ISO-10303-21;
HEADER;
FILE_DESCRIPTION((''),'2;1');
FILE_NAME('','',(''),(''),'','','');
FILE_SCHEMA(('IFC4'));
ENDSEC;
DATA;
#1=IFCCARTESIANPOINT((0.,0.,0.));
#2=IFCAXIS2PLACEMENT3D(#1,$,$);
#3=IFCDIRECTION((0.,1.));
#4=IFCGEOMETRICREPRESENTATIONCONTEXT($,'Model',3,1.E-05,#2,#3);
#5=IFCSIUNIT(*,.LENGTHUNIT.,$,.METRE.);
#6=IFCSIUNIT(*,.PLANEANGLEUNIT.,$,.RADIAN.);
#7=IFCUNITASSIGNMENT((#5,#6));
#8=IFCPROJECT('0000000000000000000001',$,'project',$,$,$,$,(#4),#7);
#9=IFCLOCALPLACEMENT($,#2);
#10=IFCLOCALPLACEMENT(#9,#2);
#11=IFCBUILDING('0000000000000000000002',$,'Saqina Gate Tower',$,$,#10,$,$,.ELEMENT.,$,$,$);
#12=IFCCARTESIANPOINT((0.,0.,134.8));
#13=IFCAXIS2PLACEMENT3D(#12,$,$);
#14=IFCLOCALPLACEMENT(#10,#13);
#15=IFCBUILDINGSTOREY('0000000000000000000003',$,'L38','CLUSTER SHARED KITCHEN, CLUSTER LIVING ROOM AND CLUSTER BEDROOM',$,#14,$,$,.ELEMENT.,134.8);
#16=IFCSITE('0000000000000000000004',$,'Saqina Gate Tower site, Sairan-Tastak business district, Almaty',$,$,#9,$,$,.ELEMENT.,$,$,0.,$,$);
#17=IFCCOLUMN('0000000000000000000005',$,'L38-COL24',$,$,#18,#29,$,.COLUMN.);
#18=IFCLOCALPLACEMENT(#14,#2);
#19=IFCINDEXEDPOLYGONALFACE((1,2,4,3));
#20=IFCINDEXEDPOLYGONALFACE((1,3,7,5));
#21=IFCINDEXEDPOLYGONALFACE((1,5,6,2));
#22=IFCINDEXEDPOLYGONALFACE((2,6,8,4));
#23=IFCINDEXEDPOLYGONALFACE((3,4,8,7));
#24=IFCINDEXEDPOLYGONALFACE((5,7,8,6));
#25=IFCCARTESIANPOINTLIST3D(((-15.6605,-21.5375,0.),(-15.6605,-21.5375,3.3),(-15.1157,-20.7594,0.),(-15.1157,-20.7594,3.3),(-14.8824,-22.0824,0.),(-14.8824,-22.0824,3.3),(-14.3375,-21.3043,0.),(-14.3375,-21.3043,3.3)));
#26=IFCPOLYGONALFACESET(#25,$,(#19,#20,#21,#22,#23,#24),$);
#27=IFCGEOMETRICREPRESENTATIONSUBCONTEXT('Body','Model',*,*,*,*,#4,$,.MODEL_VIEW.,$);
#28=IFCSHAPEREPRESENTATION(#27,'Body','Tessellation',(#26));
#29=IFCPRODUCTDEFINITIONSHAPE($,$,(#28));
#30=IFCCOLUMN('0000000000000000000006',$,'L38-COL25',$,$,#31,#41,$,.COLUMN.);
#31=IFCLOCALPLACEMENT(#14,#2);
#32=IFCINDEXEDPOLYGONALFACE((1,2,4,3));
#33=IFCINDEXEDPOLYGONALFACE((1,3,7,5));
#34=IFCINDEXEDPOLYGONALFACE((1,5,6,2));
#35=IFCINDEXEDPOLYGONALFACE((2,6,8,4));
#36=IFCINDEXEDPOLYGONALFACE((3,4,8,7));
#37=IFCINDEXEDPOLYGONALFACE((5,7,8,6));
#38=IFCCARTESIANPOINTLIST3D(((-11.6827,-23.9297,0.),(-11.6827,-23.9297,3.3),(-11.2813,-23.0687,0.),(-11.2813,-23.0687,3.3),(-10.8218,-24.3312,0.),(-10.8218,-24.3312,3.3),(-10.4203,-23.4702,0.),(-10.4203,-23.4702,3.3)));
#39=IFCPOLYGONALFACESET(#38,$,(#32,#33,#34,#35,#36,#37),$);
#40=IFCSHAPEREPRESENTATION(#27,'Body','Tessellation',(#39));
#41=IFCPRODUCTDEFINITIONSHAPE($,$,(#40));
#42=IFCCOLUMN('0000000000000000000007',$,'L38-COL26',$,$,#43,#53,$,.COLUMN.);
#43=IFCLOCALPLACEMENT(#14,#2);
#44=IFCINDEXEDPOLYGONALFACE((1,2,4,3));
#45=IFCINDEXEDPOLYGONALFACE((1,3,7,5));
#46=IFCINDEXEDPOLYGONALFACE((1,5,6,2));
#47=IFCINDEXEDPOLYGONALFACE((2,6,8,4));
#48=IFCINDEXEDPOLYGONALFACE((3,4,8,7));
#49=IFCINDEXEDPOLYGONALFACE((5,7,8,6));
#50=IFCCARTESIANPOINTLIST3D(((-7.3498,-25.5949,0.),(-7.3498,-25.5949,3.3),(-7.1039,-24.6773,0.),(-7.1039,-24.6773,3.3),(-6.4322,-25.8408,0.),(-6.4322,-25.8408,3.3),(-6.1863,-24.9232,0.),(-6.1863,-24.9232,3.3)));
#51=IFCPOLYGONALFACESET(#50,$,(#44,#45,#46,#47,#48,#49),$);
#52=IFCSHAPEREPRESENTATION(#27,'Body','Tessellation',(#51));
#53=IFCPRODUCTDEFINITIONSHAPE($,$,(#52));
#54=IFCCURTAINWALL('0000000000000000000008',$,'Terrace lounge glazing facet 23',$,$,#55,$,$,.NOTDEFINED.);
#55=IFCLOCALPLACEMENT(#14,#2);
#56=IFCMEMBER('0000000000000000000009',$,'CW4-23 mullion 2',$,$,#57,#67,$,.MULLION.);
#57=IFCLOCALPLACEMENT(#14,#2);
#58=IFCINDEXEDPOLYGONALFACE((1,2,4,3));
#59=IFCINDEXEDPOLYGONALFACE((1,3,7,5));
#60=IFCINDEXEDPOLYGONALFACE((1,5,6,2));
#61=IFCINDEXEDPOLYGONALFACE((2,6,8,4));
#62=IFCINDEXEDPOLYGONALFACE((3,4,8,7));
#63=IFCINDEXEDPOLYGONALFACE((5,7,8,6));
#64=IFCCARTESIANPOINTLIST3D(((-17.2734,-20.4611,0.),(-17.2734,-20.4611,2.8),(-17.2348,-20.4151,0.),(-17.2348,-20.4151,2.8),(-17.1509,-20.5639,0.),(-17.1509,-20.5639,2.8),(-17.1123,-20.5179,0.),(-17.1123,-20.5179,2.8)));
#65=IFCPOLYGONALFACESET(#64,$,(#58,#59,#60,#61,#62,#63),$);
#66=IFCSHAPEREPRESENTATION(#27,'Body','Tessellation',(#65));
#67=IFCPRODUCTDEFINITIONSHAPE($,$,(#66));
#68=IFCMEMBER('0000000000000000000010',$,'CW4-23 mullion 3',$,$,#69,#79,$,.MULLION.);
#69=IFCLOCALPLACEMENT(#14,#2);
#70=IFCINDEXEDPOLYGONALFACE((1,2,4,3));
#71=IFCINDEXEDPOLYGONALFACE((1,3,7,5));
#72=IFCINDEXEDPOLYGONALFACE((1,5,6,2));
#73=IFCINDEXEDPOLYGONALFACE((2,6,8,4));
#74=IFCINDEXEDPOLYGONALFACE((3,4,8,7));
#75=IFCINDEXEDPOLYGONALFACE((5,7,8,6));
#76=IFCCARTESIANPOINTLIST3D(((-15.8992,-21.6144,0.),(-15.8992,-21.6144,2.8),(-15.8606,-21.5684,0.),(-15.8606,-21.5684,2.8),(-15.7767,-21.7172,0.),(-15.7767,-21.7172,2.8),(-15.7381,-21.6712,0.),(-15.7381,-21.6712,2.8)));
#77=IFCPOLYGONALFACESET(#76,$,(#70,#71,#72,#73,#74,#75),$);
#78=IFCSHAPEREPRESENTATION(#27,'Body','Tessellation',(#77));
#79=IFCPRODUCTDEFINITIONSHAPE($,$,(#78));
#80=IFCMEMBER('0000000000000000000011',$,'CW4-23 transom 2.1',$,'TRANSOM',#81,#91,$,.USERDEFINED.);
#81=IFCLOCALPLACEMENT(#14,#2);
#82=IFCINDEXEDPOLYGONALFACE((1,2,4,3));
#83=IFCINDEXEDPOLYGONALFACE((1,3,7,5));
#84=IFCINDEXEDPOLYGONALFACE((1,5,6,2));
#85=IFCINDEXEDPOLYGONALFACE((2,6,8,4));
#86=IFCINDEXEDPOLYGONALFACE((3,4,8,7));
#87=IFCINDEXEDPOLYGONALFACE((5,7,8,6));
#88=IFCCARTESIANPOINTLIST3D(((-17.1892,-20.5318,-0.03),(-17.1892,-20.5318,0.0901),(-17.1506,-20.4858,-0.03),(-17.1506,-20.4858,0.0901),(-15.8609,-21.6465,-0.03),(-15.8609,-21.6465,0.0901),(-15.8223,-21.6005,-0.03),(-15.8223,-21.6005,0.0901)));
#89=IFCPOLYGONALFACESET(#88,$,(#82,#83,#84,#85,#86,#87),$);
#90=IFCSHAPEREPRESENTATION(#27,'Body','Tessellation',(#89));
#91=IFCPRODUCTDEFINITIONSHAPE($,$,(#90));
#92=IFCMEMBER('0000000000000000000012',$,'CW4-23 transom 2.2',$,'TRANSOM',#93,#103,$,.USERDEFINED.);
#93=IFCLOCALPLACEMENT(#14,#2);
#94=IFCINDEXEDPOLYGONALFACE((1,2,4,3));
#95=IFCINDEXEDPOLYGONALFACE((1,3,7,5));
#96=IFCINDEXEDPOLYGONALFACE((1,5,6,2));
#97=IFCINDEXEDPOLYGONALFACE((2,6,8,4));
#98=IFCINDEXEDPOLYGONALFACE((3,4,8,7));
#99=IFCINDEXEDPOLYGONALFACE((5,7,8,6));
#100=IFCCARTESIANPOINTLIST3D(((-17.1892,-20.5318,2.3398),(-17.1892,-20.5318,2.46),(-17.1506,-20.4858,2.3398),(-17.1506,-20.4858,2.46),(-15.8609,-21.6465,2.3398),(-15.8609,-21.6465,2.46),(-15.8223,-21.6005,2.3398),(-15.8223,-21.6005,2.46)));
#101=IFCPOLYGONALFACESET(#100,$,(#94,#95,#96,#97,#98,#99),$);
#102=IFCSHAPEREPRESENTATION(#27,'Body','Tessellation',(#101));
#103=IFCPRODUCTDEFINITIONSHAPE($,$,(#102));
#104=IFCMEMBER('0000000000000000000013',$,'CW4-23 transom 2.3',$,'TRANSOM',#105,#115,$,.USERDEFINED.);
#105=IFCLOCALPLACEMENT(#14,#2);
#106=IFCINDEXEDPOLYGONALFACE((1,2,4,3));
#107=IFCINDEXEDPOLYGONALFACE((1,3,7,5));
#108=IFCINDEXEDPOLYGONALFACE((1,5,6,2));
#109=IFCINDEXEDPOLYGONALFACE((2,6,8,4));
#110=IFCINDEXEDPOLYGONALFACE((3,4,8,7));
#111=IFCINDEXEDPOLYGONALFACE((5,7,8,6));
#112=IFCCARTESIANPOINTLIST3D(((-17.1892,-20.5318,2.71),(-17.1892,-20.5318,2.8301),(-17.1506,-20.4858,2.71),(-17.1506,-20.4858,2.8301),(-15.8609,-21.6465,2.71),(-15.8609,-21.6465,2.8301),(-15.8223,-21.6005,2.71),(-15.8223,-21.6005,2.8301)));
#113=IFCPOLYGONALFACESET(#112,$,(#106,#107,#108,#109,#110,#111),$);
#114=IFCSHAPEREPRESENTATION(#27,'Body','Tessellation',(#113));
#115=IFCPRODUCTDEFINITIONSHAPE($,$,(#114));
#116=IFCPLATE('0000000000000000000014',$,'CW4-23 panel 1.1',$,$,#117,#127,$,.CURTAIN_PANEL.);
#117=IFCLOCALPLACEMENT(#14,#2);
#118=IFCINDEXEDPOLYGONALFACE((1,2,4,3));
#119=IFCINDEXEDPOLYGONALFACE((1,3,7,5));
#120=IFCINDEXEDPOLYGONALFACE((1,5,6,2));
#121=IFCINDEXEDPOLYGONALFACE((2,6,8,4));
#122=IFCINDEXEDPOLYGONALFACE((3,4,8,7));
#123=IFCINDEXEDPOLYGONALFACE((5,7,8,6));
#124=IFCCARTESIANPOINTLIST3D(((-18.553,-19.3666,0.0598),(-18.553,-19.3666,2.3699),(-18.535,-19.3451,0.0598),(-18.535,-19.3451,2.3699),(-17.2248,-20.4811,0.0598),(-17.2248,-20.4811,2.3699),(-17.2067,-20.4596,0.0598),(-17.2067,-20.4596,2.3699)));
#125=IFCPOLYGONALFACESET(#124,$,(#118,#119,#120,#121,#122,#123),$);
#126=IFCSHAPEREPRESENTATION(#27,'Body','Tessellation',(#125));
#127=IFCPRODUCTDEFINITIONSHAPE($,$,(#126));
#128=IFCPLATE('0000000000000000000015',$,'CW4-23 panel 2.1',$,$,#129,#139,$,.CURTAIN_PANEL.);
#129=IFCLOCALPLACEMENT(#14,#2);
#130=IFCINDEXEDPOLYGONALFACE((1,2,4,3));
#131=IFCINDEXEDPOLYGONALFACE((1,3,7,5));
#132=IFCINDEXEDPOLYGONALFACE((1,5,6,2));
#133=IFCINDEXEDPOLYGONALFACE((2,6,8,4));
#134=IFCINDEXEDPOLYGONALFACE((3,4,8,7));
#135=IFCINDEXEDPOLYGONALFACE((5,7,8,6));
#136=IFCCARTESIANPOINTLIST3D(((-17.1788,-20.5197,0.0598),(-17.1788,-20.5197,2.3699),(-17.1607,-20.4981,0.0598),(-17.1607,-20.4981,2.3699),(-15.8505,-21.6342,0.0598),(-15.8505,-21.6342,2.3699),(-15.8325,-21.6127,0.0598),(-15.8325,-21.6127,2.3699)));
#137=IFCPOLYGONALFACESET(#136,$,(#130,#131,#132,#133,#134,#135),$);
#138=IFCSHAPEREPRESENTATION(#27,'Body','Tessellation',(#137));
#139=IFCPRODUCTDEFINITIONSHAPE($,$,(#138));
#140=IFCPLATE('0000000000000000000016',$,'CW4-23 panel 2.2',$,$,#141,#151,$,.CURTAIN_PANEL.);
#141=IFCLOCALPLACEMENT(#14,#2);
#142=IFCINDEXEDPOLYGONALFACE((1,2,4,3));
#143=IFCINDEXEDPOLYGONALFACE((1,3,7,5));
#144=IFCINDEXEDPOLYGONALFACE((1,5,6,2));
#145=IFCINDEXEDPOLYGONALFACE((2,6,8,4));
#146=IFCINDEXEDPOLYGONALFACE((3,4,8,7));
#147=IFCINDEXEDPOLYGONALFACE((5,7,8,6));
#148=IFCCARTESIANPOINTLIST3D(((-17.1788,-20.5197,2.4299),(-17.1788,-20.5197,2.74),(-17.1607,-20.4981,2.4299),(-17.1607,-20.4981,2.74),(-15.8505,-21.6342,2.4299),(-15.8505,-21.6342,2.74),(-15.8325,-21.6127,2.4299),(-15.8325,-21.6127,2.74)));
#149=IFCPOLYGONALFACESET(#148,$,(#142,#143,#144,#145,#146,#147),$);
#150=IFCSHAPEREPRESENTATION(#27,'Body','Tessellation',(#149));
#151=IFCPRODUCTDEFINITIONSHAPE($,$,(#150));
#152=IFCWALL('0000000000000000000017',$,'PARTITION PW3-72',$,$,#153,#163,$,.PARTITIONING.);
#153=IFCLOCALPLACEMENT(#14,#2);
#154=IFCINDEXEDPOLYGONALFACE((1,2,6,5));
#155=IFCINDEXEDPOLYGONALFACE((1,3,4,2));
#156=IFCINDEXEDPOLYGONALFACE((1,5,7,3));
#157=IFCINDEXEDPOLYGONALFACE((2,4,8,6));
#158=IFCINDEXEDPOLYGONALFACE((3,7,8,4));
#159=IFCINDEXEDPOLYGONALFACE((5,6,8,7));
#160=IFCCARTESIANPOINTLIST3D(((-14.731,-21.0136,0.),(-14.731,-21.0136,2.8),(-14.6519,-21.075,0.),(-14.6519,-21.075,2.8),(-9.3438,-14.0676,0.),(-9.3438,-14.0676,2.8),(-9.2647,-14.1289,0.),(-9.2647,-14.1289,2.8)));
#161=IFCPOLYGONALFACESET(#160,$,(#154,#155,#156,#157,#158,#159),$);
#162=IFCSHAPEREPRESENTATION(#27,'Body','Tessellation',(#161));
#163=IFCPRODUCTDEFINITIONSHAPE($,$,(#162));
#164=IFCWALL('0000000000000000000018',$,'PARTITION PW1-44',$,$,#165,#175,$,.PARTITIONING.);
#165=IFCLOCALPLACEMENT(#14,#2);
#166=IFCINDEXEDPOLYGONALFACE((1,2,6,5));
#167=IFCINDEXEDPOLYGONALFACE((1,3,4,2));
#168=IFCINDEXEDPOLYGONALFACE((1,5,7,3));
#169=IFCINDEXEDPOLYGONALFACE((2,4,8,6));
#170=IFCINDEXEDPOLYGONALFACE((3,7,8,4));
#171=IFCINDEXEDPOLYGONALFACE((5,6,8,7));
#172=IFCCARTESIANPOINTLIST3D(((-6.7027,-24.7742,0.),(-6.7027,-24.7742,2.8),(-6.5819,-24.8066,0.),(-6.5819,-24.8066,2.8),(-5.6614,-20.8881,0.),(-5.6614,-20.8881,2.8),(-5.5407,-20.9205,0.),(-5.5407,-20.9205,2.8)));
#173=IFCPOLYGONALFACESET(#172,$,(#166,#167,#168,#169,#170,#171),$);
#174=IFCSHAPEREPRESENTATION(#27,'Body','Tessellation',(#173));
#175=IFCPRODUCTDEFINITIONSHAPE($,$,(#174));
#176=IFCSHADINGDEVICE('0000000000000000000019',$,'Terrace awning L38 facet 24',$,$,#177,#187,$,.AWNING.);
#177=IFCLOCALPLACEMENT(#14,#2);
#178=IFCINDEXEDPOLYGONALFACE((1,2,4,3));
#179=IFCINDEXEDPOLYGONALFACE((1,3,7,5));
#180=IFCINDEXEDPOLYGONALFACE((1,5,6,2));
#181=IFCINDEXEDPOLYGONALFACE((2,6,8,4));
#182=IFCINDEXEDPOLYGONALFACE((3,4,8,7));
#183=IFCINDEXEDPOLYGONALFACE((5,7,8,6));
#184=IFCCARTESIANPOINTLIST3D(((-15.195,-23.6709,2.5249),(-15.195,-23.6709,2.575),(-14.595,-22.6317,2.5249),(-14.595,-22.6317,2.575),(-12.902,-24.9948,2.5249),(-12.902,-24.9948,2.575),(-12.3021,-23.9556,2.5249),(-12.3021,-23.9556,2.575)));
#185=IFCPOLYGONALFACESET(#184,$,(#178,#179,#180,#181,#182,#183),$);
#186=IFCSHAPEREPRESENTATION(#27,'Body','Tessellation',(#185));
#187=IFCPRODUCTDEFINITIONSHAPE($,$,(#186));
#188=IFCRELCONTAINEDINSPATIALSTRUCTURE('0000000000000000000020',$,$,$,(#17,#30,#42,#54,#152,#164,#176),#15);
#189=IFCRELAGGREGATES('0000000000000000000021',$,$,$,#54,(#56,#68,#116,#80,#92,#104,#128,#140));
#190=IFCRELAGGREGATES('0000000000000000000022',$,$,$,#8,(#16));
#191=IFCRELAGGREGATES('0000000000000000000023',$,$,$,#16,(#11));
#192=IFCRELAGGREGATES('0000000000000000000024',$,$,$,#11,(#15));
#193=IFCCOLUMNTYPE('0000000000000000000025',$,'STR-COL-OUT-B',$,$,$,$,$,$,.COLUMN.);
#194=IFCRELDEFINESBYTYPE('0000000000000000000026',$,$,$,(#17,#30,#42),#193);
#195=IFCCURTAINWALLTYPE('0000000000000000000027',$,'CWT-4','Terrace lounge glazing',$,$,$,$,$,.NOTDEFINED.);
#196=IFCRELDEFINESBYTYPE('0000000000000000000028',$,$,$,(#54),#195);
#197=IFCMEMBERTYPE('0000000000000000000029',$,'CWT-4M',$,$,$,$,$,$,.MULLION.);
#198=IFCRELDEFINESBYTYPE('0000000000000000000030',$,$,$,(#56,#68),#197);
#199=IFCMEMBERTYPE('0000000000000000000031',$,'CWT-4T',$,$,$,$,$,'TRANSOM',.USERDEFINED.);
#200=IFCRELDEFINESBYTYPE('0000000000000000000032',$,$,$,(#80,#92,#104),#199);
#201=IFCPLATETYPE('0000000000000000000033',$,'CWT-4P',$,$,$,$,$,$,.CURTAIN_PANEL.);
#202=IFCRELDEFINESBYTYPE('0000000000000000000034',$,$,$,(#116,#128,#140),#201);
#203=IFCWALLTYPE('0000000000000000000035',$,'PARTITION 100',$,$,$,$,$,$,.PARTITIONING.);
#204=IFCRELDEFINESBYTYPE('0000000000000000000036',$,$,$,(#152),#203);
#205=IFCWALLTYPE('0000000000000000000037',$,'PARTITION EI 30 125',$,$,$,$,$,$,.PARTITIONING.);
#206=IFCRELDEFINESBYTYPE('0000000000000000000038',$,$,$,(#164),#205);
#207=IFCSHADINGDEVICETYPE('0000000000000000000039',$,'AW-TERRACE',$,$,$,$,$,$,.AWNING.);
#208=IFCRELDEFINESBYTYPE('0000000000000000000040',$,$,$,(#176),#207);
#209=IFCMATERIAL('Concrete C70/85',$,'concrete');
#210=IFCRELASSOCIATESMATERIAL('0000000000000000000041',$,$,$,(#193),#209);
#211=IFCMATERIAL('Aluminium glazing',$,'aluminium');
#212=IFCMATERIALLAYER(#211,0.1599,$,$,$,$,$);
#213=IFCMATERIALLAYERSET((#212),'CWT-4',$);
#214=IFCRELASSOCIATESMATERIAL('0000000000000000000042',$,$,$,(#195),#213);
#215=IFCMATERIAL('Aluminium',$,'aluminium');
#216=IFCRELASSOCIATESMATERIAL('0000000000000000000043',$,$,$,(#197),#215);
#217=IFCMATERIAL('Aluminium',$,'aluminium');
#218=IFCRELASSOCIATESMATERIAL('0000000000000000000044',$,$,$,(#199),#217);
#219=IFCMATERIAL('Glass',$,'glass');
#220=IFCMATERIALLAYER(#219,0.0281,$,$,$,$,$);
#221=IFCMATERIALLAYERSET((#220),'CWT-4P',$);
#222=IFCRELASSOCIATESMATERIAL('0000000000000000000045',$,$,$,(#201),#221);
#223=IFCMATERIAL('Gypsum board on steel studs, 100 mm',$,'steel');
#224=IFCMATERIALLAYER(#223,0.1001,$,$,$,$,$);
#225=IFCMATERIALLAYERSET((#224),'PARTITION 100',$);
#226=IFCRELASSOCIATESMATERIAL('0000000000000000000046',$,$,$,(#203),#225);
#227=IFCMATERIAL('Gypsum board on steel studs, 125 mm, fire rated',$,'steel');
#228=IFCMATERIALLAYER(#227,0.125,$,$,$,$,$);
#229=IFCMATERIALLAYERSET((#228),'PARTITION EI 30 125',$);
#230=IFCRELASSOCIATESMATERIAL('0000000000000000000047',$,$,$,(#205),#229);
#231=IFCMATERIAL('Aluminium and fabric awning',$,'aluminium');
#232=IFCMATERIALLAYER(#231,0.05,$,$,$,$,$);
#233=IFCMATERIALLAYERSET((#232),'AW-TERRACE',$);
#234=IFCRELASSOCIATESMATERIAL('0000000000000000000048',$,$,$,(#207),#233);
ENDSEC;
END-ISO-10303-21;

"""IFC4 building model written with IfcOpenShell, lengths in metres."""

from ifc_helpers import new_model, si_unit, direction, frame, frame_2d, origin, origin_2d, place, context, subcontext, project, spatial, rectangle, extrude, material, layer, layer_set, material_profile, profile_set, type_object, element, aggregate, save


model = new_model("IFC4")

# Units and contexts
model_context = context("Model", 3, precision=1e-05, world=origin(), true_north=direction((0.0, 1.0)))
body_context = subcontext(model_context, "Body", "Model", "MODEL_VIEW")
ifc_project = project(units=[si_unit("LENGTHUNIT", "METRE"), si_unit("PLANEANGLEUNIT", "RADIAN")], contexts=[model_context])

# Site, building, storey
site_placement = place(None, origin())
site = spatial("IfcSite", under=ifc_project, at=site_placement, Name="Saqina Gate Tower site, Sairan-Tastak business district, Almaty", CompositionType="ELEMENT", RefElevation=0.0)
building_placement = place(site_placement, origin())
building = spatial("IfcBuilding", under=site, at=building_placement, Name="Saqina Gate Tower", CompositionType="ELEMENT")
storey_placement = place(building_placement, frame((0.0, 0.0, 134.8)))
storey = spatial("IfcBuildingStorey", under=building, at=storey_placement, Name="L38", Description="CLUSTER SHARED KITCHEN, CLUSTER LIVING ROOM AND CLUSTER BEDROOM", CompositionType="ELEMENT", Elevation=134.8)

# Columns
ifc_material_1 = material(Name="Concrete C70/85", Category="concrete")
ifc_material_profile_1 = material_profile(ifc_material_1, rectangle(XDim=0.95, YDim=0.95, at=origin_2d()), Name="RC 950x950")
ifc_profile_set_1 = profile_set([ifc_material_profile_1], Name="Concrete C70/85")
column_type = type_object("IfcColumnType", Name="STR-COL-OUT-B", PredefinedType="COLUMN", material=ifc_profile_set_1)
for number, where, z_axis, x_axis, name in (
    (1, (-14.999, -21.4209, 0.0), (0.0, 0.0, 1.0), (-0.573576, -0.819152, 0.0), "L38-COL24"),
    (2, (-11.0515, -23.7, 0.0), (0.0, 0.0, 1.0), (-0.422618, -0.906308, 0.0), "L38-COL25"),
    (3, (-6.7681, -25.259, 0.0), (0.0, 0.0, 1.0), (-0.258819, -0.965926, 0.0), "L38-COL26"),
):
    element("IfcColumn", number, at=place(storey_placement, frame(where, z_axis=z_axis, x_axis=x_axis)), inside=storey, type_object=column_type, Name=name, PredefinedType="COLUMN", context=body_context, shape_type="SweptSolid", body=[
        extrude(rectangle(XDim=0.95, YDim=0.95, at=origin_2d()), origin(), (0.0, 0.0, 1.0), 3.3),
    ])

# Curtain wall, members, plates
ifc_material_2 = material(Name="Aluminium glazing", Category="aluminium")
ifc_layer_1 = layer(ifc_material_2, 0.1599)
ifc_layer_set_1 = layer_set([ifc_layer_1], Name="CWT-4")
curtain_wall_type = type_object("IfcCurtainWallType", Name="CWT-4", Description="Terrace lounge glazing", PredefinedType="NOTDEFINED", material=ifc_layer_set_1)
curtain_wall_placement = place(storey_placement, origin())
curtain_wall = element("IfcCurtainWall", 4, at=curtain_wall_placement, inside=storey, type_object=curtain_wall_type, Name="Terrace lounge glazing facet 23", PredefinedType="NOTDEFINED")
ifc_material_3 = material(Name="Aluminium", Category="aluminium")
ifc_material_profile_2 = material_profile(ifc_material_3, rectangle(XDim=0.0601, YDim=0.1599, at=origin_2d()), Name="Aluminium 60x160")
ifc_profile_set_2 = profile_set([ifc_material_profile_2], Name="Aluminium")
member_type_1 = type_object("IfcMemberType", Name="CWT-4M", PredefinedType="MULLION", material=ifc_profile_set_2)
member_1_placement = place(storey_placement, frame((-17.1929, -20.4895, 0.0), z_axis=(0.0, 0.0, 1.0), x_axis=(0.642791, 0.766042, 0.0)))
member_1 = element("IfcMember", 5, at=member_1_placement, type_object=member_type_1, Name="CW4-23 mullion 2", PredefinedType="MULLION", context=body_context, shape_type="SweptSolid", body=[
    extrude(rectangle(XDim=0.0601, YDim=0.1599, at=origin_2d()), origin(), (0.0, 0.0, 1.0), 2.8),
])
member_2_placement = place(storey_placement, frame((-15.8186, -21.6428, 0.0), z_axis=(0.0, 0.0, 1.0), x_axis=(0.642791, 0.766042, 0.0)))
member_2 = element("IfcMember", 6, at=member_2_placement, type_object=member_type_1, Name="CW4-23 mullion 3", PredefinedType="MULLION", context=body_context, shape_type="SweptSolid", body=[
    extrude(rectangle(XDim=0.0601, YDim=0.1599, at=origin_2d()), origin(), (0.0, 0.0, 1.0), 2.8),
])
ifc_material_4 = material(Name="Aluminium", Category="aluminium")
ifc_material_profile_3 = material_profile(ifc_material_4, rectangle(XDim=0.0601, YDim=0.1201, at=origin_2d()), Name="Aluminium 60x120")
ifc_profile_set_3 = profile_set([ifc_material_profile_3], Name="Aluminium")
member_type_2 = type_object("IfcMemberType", Name="CWT-4T", ElementType="TRANSOM", PredefinedType="USERDEFINED", material=ifc_profile_set_3)
member_3_placement = place(storey_placement, frame((-17.1699, -20.5088, 0.03), z_axis=(0.766013, -0.642826, 0.0), x_axis=(0.642826, 0.766013, 0.0)))
member_3 = element("IfcMember", 7, at=member_3_placement, type_object=member_type_2, Name="CW4-23 transom 2.1", ObjectType="TRANSOM", PredefinedType="USERDEFINED", context=body_context, shape_type="SweptSolid", body=[
    extrude(rectangle(XDim=0.0601, YDim=0.1201, at=origin_2d()), origin(), (0.0, 0.0, 1.0), 1.7341),
])
member_4_placement = place(storey_placement, frame((-17.1699, -20.5088, 2.3999), z_axis=(0.766013, -0.642826, 0.0), x_axis=(0.642826, 0.766013, 0.0)))
member_4 = element("IfcMember", 8, at=member_4_placement, type_object=member_type_2, Name="CW4-23 transom 2.2", ObjectType="TRANSOM", PredefinedType="USERDEFINED", context=body_context, shape_type="SweptSolid", body=[
    extrude(rectangle(XDim=0.0601, YDim=0.1201, at=origin_2d()), origin(), (0.0, 0.0, 1.0), 1.7341),
])
member_5_placement = place(storey_placement, frame((-17.1699, -20.5088, 2.77), z_axis=(0.766013, -0.642826, 0.0), x_axis=(0.642826, 0.766013, 0.0)))
member_5 = element("IfcMember", 9, at=member_5_placement, type_object=member_type_2, Name="CW4-23 transom 2.3", ObjectType="TRANSOM", PredefinedType="USERDEFINED", context=body_context, shape_type="SweptSolid", body=[
    extrude(rectangle(XDim=0.0601, YDim=0.1201, at=origin_2d()), origin(), (0.0, 0.0, 1.0), 1.7341),
])
ifc_material_5 = material(Name="Glass", Category="glass")
ifc_layer_2 = layer(ifc_material_5, 0.0281)
ifc_layer_set_2 = layer_set([ifc_layer_2], Name="CWT-4P")
plate_type = type_object("IfcPlateType", Name="CWT-4P", PredefinedType="CURTAIN_PANEL", material=ifc_layer_set_2)
plate_1_placement = place(storey_placement, frame((-17.8799, -19.9131, 0.0598), z_axis=(0.0, 0.0, 1.0), x_axis=(0.766042, -0.642791, 0.0)))
plate_1 = element("IfcPlate", 10, at=plate_1_placement, type_object=plate_type, Name="CW4-23 panel 1.1", PredefinedType="CURTAIN_PANEL", context=body_context, shape_type="SweptSolid", body=[
    extrude(rectangle(XDim=1.7339, YDim=0.0281, at=origin_2d()), origin(), (0.0, 0.0, 1.0), 2.3101),
])
plate_2_placement = place(storey_placement, frame((-16.5056, -21.0662, 0.0598), z_axis=(0.0, 0.0, 1.0), x_axis=(0.766042, -0.642791, 0.0)))
plate_2 = element("IfcPlate", 11, at=plate_2_placement, type_object=plate_type, Name="CW4-23 panel 2.1", PredefinedType="CURTAIN_PANEL", context=body_context, shape_type="SweptSolid", body=[
    extrude(rectangle(XDim=1.7339, YDim=0.0281, at=origin_2d()), origin(), (0.0, 0.0, 1.0), 2.3101),
])
plate_3_placement = place(storey_placement, frame((-16.5056, -21.0662, 2.4299), z_axis=(0.0, 0.0, 1.0), x_axis=(0.766042, -0.642791, 0.0)))
plate_3 = element("IfcPlate", 12, at=plate_3_placement, type_object=plate_type, Name="CW4-23 panel 2.2", PredefinedType="CURTAIN_PANEL", context=body_context, shape_type="SweptSolid", body=[
    extrude(rectangle(XDim=1.7339, YDim=0.0281, at=origin_2d()), origin(), (0.0, 0.0, 1.0), 0.3101),
])
aggregate(curtain_wall, [member_1, member_2, plate_1, member_3, member_4, member_5, plate_2, plate_3])

# Walls
ifc_material_6 = material(Name="Gypsum board on steel studs, 100 mm", Category="steel")
ifc_layer_3 = layer(ifc_material_6, 0.1001)
ifc_layer_set_3 = layer_set([ifc_layer_3], Name="PARTITION 100")
wall_type_1 = type_object("IfcWallType", Name="PARTITION 100", PredefinedType="PARTITIONING", material=ifc_layer_set_3)
wall_1_placement = place(storey_placement, frame((-14.6914, -21.0442, 0.0), z_axis=(0.0, 0.0, 1.0), x_axis=(0.612857, 0.790193, 0.0)))
element("IfcWall", 13, at=wall_1_placement, inside=storey, type_object=wall_type_1, Name="PARTITION PW3-72", PredefinedType="PARTITIONING", context=body_context, shape_type="SweptSolid", body=[
    extrude(rectangle(XDim=8.7903, YDim=0.1001, at=frame_2d((4.395, 0.0))), origin(), (0.0, 0.0, 1.0), 2.8),
])
ifc_material_7 = material(Name="Gypsum board on steel studs, 125 mm, fire rated", Category="steel")
ifc_layer_4 = layer(ifc_material_7, 0.125)
ifc_layer_set_4 = layer_set([ifc_layer_4], Name="PARTITION EI 30 125")
wall_type_2 = type_object("IfcWallType", Name="PARTITION EI 30 125", PredefinedType="PARTITIONING", material=ifc_layer_set_4)
wall_2_placement = place(storey_placement, frame((-6.6423, -24.7905, 0.0), z_axis=(0.0, 0.0, 1.0), x_axis=(0.258807, 0.965929, 0.0)))
element("IfcWall", 14, at=wall_2_placement, inside=storey, type_object=wall_type_2, Name="PARTITION PW1-44", PredefinedType="PARTITIONING", context=body_context, shape_type="SweptSolid", body=[
    extrude(rectangle(XDim=4.0232, YDim=0.125, at=frame_2d((2.0117, 0.0))), origin(), (0.0, 0.0, 1.0), 2.8),
])

# Shading device
ifc_material_8 = material(Name="Aluminium and fabric awning", Category="aluminium")
ifc_layer_5 = layer(ifc_material_8, 0.05)
ifc_layer_set_5 = layer_set([ifc_layer_5], Name="AW-TERRACE")
shading_device_type = type_object("IfcShadingDeviceType", Name="AW-TERRACE", PredefinedType="AWNING", material=ifc_layer_set_5)
for number, where, z_axis, x_axis, name in (
    (15, (-13.7485, -23.8132, 2.5249), (0.0, 0.0, 1.0), (0.866025, -0.5, 0.0), "Terrace awning L38 facet 24"),
):
    element("IfcShadingDevice", number, at=place(storey_placement, frame(where, z_axis=z_axis, x_axis=x_axis)), inside=storey, type_object=shading_device_type, Name=name, PredefinedType="AWNING", context=body_context, shape_type="SweptSolid", body=[
        extrude(rectangle(XDim=2.6477, YDim=1.2, at=origin_2d()), origin(), (0.0, 0.0, 1.0), 0.05),
    ])

save(model, "model.ifc")
